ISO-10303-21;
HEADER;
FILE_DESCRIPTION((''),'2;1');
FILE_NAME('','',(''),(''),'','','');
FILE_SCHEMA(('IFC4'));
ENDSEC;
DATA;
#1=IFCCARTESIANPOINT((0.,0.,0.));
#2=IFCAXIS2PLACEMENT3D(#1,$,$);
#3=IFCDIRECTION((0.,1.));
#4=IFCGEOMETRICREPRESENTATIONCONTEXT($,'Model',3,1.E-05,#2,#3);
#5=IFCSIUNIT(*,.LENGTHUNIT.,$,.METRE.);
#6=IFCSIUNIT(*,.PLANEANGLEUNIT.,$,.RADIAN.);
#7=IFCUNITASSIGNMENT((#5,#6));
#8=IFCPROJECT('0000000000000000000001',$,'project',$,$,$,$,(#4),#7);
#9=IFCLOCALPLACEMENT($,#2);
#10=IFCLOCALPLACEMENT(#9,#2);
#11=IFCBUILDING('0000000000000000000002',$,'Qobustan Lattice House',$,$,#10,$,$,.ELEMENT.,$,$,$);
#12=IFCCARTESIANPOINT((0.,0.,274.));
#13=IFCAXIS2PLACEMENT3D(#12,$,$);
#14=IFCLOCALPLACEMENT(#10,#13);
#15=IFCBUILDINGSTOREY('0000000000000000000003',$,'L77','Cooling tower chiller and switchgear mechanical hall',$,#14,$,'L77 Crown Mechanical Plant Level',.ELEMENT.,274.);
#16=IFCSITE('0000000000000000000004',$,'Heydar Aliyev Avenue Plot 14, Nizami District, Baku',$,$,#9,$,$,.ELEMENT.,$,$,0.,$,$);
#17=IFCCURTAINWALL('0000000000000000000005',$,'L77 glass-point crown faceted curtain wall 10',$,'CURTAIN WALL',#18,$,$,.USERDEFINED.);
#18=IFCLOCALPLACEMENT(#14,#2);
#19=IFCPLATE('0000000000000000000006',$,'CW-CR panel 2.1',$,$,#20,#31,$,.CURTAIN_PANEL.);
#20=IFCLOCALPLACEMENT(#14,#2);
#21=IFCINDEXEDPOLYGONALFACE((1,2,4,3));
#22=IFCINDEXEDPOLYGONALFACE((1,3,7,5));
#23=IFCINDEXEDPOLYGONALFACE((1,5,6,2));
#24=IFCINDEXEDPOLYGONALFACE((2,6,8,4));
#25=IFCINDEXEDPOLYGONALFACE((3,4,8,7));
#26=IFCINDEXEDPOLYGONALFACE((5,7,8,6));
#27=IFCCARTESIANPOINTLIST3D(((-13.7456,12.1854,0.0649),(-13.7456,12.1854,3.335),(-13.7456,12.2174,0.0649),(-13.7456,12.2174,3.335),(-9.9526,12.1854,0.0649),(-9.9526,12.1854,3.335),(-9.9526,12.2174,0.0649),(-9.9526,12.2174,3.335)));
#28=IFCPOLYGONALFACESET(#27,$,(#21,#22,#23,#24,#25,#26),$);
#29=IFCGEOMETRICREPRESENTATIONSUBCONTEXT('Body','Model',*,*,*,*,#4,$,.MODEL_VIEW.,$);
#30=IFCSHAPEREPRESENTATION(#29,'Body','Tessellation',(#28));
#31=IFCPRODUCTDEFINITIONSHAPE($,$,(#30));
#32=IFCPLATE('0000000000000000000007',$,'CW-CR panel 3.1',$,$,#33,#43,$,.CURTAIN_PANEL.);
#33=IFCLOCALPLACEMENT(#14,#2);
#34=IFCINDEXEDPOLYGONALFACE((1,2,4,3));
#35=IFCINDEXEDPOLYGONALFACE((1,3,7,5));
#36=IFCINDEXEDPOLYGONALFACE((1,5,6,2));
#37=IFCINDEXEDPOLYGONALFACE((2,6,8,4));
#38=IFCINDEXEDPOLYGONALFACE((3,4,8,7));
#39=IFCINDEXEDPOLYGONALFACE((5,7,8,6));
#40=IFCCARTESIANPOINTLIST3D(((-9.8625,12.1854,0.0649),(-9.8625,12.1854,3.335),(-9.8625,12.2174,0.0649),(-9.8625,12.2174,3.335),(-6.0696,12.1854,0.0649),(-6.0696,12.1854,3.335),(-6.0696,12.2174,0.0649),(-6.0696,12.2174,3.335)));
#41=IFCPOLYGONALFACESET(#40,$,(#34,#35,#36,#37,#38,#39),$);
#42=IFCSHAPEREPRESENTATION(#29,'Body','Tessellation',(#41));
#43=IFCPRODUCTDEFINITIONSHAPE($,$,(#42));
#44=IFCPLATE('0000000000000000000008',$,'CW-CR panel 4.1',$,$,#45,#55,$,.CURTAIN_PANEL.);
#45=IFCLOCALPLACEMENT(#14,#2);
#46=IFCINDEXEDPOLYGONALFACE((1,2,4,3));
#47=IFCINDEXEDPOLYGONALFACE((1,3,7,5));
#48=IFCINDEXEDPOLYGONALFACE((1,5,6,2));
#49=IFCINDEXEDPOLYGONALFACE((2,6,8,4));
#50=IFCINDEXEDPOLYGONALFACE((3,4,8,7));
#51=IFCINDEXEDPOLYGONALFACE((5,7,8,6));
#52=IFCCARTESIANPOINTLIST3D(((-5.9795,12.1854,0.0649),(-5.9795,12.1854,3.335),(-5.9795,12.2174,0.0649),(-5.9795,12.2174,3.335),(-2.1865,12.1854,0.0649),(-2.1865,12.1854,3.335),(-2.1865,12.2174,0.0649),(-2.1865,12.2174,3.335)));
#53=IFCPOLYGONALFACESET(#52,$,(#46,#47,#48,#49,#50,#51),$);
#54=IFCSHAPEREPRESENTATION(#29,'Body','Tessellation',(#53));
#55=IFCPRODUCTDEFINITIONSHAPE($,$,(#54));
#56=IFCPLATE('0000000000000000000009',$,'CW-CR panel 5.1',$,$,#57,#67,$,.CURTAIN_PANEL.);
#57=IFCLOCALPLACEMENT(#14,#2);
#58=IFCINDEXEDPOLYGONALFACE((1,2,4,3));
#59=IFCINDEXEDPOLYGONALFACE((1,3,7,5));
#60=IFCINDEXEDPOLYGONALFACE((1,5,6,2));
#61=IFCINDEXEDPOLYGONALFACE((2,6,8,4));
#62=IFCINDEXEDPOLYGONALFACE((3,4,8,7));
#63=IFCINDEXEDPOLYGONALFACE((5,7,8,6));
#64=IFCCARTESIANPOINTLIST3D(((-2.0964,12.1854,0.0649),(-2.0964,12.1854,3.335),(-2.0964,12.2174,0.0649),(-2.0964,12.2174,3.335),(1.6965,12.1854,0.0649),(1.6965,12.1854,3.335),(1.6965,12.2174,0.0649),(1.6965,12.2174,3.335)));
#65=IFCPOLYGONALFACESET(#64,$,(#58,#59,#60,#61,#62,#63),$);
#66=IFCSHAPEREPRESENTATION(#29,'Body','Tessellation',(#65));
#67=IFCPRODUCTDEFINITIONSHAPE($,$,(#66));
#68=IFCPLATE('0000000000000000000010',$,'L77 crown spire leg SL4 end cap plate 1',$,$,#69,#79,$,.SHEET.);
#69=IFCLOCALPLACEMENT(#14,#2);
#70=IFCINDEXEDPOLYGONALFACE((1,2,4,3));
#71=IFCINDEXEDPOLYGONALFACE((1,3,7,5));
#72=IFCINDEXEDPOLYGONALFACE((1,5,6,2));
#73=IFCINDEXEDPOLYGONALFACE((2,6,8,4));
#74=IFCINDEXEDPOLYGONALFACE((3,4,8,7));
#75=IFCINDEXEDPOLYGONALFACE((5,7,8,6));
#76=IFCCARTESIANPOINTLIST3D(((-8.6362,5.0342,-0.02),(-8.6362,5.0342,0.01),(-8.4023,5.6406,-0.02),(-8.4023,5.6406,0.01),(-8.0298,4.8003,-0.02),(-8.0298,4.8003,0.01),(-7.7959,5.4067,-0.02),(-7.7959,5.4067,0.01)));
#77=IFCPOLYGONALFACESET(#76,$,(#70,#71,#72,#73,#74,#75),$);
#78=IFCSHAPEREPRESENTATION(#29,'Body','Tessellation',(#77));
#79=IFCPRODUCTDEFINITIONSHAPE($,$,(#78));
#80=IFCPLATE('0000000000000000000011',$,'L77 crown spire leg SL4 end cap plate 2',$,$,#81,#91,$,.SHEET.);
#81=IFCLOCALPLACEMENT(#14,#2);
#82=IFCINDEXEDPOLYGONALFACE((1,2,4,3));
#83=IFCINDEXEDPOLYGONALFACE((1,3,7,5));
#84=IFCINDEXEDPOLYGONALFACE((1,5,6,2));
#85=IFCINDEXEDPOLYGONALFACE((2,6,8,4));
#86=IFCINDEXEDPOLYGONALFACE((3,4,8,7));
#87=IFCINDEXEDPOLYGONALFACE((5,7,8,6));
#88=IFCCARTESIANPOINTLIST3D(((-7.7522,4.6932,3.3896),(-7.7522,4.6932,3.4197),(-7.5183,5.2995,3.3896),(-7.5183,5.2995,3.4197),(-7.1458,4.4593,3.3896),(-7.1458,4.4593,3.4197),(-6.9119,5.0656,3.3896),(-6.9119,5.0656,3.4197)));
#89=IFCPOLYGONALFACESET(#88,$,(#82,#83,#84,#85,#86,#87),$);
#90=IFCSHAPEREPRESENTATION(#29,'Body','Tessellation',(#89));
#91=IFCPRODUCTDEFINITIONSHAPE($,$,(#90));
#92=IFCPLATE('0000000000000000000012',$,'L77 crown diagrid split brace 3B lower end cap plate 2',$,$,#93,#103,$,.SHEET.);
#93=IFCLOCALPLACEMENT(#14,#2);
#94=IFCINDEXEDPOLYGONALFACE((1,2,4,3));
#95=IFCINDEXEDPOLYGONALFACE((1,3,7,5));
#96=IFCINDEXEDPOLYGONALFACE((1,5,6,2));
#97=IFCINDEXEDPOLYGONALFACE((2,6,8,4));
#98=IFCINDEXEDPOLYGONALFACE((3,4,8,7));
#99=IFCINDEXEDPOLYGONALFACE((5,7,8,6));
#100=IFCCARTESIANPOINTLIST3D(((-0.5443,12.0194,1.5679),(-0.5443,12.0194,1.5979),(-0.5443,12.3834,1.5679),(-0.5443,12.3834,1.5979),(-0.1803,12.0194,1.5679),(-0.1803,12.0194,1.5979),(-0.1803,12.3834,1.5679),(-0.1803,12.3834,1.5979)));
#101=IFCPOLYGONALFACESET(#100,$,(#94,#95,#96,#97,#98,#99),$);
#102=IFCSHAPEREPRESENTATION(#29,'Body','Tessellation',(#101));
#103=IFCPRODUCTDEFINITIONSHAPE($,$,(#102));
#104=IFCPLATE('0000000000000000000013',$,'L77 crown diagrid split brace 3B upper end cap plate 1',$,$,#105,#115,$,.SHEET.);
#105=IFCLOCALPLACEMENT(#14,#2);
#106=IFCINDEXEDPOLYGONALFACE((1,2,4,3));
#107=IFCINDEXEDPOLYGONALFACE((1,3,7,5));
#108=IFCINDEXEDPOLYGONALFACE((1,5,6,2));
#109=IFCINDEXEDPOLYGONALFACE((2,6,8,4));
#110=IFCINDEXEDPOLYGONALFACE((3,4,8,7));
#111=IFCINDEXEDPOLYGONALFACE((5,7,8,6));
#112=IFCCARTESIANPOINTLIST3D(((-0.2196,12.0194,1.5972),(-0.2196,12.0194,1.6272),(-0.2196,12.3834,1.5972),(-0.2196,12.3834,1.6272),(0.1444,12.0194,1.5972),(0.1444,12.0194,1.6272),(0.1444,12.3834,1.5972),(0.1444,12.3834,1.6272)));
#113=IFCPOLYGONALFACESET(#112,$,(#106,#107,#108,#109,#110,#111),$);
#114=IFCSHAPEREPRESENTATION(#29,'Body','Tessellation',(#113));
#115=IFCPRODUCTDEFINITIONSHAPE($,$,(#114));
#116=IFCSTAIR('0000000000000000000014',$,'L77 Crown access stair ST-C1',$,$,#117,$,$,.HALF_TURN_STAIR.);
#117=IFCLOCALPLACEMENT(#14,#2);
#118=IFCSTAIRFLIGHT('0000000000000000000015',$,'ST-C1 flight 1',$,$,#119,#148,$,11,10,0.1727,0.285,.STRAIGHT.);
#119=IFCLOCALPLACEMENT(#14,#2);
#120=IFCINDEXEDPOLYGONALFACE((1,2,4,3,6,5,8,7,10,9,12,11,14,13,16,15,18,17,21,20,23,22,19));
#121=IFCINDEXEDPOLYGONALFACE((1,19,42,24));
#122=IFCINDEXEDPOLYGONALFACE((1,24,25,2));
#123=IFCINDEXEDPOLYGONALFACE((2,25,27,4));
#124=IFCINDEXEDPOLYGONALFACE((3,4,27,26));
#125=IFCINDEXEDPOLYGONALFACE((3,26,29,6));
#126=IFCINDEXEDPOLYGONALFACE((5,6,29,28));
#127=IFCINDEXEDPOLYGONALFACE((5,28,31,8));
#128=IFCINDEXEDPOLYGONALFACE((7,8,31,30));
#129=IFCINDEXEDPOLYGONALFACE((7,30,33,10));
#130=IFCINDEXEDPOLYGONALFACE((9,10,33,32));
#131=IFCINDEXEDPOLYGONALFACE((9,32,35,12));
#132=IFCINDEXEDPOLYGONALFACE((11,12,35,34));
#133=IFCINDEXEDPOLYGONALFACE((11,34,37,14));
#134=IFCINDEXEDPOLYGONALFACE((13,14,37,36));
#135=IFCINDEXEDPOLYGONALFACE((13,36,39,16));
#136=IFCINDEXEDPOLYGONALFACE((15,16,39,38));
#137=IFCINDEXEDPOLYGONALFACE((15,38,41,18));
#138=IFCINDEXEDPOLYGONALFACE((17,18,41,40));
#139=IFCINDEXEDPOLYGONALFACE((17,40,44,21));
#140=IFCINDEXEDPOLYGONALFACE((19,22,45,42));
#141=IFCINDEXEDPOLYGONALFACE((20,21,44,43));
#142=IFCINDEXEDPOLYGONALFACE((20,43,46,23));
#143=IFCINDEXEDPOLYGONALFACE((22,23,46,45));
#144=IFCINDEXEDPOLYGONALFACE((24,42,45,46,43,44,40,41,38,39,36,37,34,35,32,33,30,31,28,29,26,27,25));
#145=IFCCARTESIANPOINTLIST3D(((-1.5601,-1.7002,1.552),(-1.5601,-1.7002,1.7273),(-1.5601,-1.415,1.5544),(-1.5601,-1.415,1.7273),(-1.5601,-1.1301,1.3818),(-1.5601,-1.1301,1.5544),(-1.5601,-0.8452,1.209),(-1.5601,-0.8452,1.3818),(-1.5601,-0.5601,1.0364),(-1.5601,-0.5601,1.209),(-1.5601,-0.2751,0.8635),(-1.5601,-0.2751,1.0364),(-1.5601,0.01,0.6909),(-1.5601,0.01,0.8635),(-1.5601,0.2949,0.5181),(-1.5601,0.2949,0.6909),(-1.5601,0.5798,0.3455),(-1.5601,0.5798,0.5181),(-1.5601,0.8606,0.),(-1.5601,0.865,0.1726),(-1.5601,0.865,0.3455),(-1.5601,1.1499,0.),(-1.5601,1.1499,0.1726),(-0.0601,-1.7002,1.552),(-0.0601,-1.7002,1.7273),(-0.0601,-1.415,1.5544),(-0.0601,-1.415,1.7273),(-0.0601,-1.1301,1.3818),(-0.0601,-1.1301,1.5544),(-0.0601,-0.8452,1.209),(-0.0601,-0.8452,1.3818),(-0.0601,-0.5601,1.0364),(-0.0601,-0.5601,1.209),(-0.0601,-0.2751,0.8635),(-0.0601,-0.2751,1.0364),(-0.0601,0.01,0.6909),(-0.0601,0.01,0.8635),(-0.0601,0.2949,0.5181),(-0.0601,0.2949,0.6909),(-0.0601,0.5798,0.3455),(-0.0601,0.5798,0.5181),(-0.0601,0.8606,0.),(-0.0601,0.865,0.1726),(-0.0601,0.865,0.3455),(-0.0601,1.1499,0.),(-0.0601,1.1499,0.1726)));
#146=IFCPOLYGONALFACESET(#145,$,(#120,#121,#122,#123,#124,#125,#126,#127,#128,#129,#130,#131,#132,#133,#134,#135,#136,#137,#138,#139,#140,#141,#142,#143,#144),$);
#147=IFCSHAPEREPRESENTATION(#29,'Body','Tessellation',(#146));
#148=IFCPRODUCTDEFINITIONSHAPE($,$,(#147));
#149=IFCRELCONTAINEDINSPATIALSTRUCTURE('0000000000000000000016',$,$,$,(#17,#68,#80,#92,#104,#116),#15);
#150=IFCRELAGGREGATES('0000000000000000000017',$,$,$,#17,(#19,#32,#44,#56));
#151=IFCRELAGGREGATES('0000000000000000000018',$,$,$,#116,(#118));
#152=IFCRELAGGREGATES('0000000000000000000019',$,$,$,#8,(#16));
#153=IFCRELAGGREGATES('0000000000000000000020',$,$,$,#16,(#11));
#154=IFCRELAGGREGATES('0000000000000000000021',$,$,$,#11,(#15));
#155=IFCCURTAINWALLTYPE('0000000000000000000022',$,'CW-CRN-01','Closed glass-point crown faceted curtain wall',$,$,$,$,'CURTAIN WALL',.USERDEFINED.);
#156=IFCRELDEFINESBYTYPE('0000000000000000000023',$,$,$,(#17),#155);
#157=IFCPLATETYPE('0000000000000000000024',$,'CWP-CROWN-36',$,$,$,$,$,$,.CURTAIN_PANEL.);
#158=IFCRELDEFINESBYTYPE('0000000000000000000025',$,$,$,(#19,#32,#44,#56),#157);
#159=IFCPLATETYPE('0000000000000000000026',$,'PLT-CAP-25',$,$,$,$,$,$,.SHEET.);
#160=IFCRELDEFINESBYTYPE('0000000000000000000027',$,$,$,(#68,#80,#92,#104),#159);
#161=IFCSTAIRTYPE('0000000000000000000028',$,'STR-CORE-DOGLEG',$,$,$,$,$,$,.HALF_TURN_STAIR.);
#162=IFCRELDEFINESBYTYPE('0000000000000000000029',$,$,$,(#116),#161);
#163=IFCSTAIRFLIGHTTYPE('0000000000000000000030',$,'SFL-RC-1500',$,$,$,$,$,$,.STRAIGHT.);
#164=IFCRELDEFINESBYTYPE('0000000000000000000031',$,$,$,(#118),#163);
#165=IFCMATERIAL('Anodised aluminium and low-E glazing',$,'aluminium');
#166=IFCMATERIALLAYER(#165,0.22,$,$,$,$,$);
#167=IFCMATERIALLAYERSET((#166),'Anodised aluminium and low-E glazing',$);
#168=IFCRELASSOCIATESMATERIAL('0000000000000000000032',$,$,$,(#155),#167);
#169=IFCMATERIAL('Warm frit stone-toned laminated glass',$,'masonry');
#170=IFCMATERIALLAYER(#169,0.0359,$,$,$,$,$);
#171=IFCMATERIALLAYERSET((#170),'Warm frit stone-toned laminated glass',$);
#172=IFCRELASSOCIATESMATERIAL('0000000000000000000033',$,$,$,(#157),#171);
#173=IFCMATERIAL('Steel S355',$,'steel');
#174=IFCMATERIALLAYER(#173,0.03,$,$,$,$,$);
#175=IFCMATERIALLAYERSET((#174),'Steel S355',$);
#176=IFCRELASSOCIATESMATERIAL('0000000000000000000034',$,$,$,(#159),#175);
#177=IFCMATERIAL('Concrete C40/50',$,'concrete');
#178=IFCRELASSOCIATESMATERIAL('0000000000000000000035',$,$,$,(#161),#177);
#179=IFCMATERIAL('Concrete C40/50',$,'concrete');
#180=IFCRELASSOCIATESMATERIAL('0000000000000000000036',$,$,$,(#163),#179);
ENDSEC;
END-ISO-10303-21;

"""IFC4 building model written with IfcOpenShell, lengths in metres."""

from ifc_helpers import new_model, si_unit, direction, frame, origin, origin_2d, place, context, subcontext, project, spatial, polyline, rectangle, outline, extrude, material, layer, layer_set, type_object, element, aggregate, save


model = new_model("IFC4")

# Units and contexts
model_context = context("Model", 3, precision=1e-05, world=origin(), true_north=direction((0.0, 1.0)))
body_context = subcontext(model_context, "Body", "Model", "MODEL_VIEW")
ifc_project = project(units=[si_unit("LENGTHUNIT", "METRE"), si_unit("PLANEANGLEUNIT", "RADIAN")], contexts=[model_context])

# Site, building, storey
site_placement = place(None, origin())
site = spatial("IfcSite", under=ifc_project, at=site_placement, Name="Heydar Aliyev Avenue Plot 14, Nizami District, Baku", CompositionType="ELEMENT", RefElevation=0.0)
building_placement = place(site_placement, origin())
building = spatial("IfcBuilding", under=site, at=building_placement, Name="Qobustan Lattice House", CompositionType="ELEMENT")
storey_placement = place(building_placement, frame((0.0, 0.0, 274.0)))
storey = spatial("IfcBuildingStorey", under=building, at=storey_placement, Name="L77", Description="Cooling tower chiller and switchgear mechanical hall", LongName="L77 Crown Mechanical Plant Level", CompositionType="ELEMENT", Elevation=274.0)

# Curtain wall
ifc_material_1 = material(Name="Anodised aluminium and low-E glazing", Category="aluminium")
ifc_layer_1 = layer(ifc_material_1, 0.22)
ifc_layer_set_1 = layer_set([ifc_layer_1], Name="Anodised aluminium and low-E glazing")
curtain_wall_type = type_object("IfcCurtainWallType", Name="CW-CRN-01", Description="Closed glass-point crown faceted curtain wall", ElementType="CURTAIN WALL", PredefinedType="USERDEFINED", material=ifc_layer_set_1)
curtain_wall_placement = place(storey_placement, origin())
curtain_wall = element("IfcCurtainWall", 1, at=curtain_wall_placement, inside=storey, type_object=curtain_wall_type, Name="L77 glass-point crown faceted curtain wall 10", ObjectType="CURTAIN WALL", PredefinedType="USERDEFINED")

# Plates
ifc_material_2 = material(Name="Warm frit stone-toned laminated glass", Category="masonry")
ifc_layer_2 = layer(ifc_material_2, 0.0359)
ifc_layer_set_2 = layer_set([ifc_layer_2], Name="Warm frit stone-toned laminated glass")
plate_type_1 = type_object("IfcPlateType", Name="CWP-CROWN-36", PredefinedType="CURTAIN_PANEL", material=ifc_layer_set_2)
plate_1_placement = place(storey_placement, frame((-11.8491, 12.2014, 0.0649), z_axis=(0.0, 0.0, 1.0), x_axis=(1.0, 0.0, 0.0)))
plate_1 = element("IfcPlate", 2, at=plate_1_placement, type_object=plate_type_1, Name="CW-CR panel 2.1", PredefinedType="CURTAIN_PANEL", context=body_context, shape_type="SweptSolid", body=[
    extrude(rectangle(XDim=3.793, YDim=0.032, at=origin_2d()), origin(), (0.0, 0.0, 1.0), 3.27),
])
plate_2_placement = place(storey_placement, frame((-7.9661, 12.2014, 0.0649), z_axis=(0.0, 0.0, 1.0), x_axis=(1.0, 0.0, 0.0)))
plate_2 = element("IfcPlate", 3, at=plate_2_placement, type_object=plate_type_1, Name="CW-CR panel 3.1", PredefinedType="CURTAIN_PANEL", context=body_context, shape_type="SweptSolid", body=[
    extrude(rectangle(XDim=3.793, YDim=0.032, at=origin_2d()), origin(), (0.0, 0.0, 1.0), 3.27),
])
plate_3_placement = place(storey_placement, frame((-4.083, 12.2014, 0.0649), z_axis=(0.0, 0.0, 1.0), x_axis=(1.0, 0.0, 0.0)))
plate_3 = element("IfcPlate", 4, at=plate_3_placement, type_object=plate_type_1, Name="CW-CR panel 4.1", PredefinedType="CURTAIN_PANEL", context=body_context, shape_type="SweptSolid", body=[
    extrude(rectangle(XDim=3.793, YDim=0.032, at=origin_2d()), origin(), (0.0, 0.0, 1.0), 3.27),
])
plate_4_placement = place(storey_placement, frame((-0.2, 12.2014, 0.0649), z_axis=(0.0, 0.0, 1.0), x_axis=(1.0, 0.0, 0.0)))
plate_4 = element("IfcPlate", 5, at=plate_4_placement, type_object=plate_type_1, Name="CW-CR panel 5.1", PredefinedType="CURTAIN_PANEL", context=body_context, shape_type="SweptSolid", body=[
    extrude(rectangle(XDim=3.793, YDim=0.032, at=origin_2d()), origin(), (0.0, 0.0, 1.0), 3.27),
])
aggregate(curtain_wall, [plate_1, plate_2, plate_3, plate_4])

# Plates
ifc_material_3 = material(Name="Steel S355", Category="steel")
ifc_layer_3 = layer(ifc_material_3, 0.03)
ifc_layer_set_3 = layer_set([ifc_layer_3], Name="Steel S355")
plate_type_2 = type_object("IfcPlateType", Name="PLT-CAP-25", PredefinedType="SHEET", material=ifc_layer_set_3)
for number, where, z_axis, x_axis, name in (
    (6, (-8.2161, 5.2205, -0.02), (0.0, 0.0, 1.0), (0.933004, -0.359867, 0.0), "L77 crown spire leg SL4 end cap plate 1"),
    (7, (-7.332, 4.8794, 3.3896), (0.0, 0.0, 1.0), (0.933004, -0.359867, 0.0), "L77 crown spire leg SL4 end cap plate 2"),
):
    element("IfcPlate", number, at=place(storey_placement, frame(where, z_axis=z_axis, x_axis=x_axis)), inside=storey, type_object=plate_type_2, Name=name, PredefinedType="SHEET", context=body_context, shape_type="SweptSolid", body=[
        extrude(rectangle(XDim=0.6499, YDim=0.6499, at=origin_2d()), origin(), (0.0, 0.0, 1.0), 0.03),
    ])
for number, where, z_axis, x_axis, name in (
    (8, (-0.3623, 12.2014, 1.5679), (0.0, 0.0, 1.0), (1.0, 0.0, 0.0), "L77 crown diagrid split brace 3B lower end cap plate 2"),
    (9, (-0.0376, 12.2014, 1.5972), (0.0, 0.0, 1.0), (1.0, 0.0, 0.0), "L77 crown diagrid split brace 3B upper end cap plate 1"),
):
    element("IfcPlate", number, at=place(storey_placement, frame(where, z_axis=z_axis, x_axis=x_axis)), inside=storey, type_object=plate_type_2, Name=name, PredefinedType="SHEET", context=body_context, shape_type="SweptSolid", body=[
        extrude(rectangle(XDim=0.364, YDim=0.364, at=origin_2d()), origin(), (0.0, 0.0, 1.0), 0.03),
    ])

# Stair, stair flight
ifc_material_4 = material(Name="Concrete C40/50", Category="concrete")
stair_type = type_object("IfcStairType", Name="STR-CORE-DOGLEG", PredefinedType="HALF_TURN_STAIR", material=ifc_material_4)
stair_placement = place(storey_placement, origin())
stair = element("IfcStair", 10, at=stair_placement, inside=storey, type_object=stair_type, Name="L77 Crown access stair ST-C1", PredefinedType="HALF_TURN_STAIR")
ifc_material_5 = material(Name="Concrete C40/50", Category="concrete")
stair_flight_type = type_object("IfcStairFlightType", Name="SFL-RC-1500", PredefinedType="STRAIGHT", material=ifc_material_5)
stair_flight_placement = place(storey_placement, frame((-0.8101, 1.1499, 0.0), z_axis=(0.0, 0.0, 1.0), x_axis=(0.0, -1.0, 0.0)))
stair_flight = element("IfcStairFlight", 11, at=stair_flight_placement, type_object=stair_flight_type, Name="ST-C1 flight 1", NumberOfRisers=11, NumberOfTreads=10, PredefinedType="STRAIGHT", RiserHeight=0.1727, TreadLength=0.285, context=body_context, shape_type="SweptSolid", body=[
    extrude(outline(polyline([(0.0, 0.0), (0.0, 0.1726), (0.2849, 0.1726), (0.2849, 0.3455), (0.5701, 0.3455), (0.5701, 0.5181), (0.855, 0.5181), (0.855, 0.6909), (1.1399, 0.6909), (1.1399, 0.8635), (1.425, 0.8635), (1.425, 1.0364), (1.71, 1.0364), (1.71, 1.209), (1.9951, 1.209), (1.9951, 1.3818), (2.28, 1.3818), (2.28, 1.5544), (2.5649, 1.5544), (2.5649, 1.7273), (2.8501, 1.7273), (2.8501, 1.8999), (2.8501, 1.552), (0.2893, 0.0), (0.0, 0.0)])), frame((0.0, 0.75, 0.0), z_axis=(0.0, -1.0, 0.0), x_axis=(1.0, 0.0, 0.0)), (0.0, 0.0, 1.0), 1.5),
])
aggregate(stair, [stair_flight])

save(model, "model.ifc")
